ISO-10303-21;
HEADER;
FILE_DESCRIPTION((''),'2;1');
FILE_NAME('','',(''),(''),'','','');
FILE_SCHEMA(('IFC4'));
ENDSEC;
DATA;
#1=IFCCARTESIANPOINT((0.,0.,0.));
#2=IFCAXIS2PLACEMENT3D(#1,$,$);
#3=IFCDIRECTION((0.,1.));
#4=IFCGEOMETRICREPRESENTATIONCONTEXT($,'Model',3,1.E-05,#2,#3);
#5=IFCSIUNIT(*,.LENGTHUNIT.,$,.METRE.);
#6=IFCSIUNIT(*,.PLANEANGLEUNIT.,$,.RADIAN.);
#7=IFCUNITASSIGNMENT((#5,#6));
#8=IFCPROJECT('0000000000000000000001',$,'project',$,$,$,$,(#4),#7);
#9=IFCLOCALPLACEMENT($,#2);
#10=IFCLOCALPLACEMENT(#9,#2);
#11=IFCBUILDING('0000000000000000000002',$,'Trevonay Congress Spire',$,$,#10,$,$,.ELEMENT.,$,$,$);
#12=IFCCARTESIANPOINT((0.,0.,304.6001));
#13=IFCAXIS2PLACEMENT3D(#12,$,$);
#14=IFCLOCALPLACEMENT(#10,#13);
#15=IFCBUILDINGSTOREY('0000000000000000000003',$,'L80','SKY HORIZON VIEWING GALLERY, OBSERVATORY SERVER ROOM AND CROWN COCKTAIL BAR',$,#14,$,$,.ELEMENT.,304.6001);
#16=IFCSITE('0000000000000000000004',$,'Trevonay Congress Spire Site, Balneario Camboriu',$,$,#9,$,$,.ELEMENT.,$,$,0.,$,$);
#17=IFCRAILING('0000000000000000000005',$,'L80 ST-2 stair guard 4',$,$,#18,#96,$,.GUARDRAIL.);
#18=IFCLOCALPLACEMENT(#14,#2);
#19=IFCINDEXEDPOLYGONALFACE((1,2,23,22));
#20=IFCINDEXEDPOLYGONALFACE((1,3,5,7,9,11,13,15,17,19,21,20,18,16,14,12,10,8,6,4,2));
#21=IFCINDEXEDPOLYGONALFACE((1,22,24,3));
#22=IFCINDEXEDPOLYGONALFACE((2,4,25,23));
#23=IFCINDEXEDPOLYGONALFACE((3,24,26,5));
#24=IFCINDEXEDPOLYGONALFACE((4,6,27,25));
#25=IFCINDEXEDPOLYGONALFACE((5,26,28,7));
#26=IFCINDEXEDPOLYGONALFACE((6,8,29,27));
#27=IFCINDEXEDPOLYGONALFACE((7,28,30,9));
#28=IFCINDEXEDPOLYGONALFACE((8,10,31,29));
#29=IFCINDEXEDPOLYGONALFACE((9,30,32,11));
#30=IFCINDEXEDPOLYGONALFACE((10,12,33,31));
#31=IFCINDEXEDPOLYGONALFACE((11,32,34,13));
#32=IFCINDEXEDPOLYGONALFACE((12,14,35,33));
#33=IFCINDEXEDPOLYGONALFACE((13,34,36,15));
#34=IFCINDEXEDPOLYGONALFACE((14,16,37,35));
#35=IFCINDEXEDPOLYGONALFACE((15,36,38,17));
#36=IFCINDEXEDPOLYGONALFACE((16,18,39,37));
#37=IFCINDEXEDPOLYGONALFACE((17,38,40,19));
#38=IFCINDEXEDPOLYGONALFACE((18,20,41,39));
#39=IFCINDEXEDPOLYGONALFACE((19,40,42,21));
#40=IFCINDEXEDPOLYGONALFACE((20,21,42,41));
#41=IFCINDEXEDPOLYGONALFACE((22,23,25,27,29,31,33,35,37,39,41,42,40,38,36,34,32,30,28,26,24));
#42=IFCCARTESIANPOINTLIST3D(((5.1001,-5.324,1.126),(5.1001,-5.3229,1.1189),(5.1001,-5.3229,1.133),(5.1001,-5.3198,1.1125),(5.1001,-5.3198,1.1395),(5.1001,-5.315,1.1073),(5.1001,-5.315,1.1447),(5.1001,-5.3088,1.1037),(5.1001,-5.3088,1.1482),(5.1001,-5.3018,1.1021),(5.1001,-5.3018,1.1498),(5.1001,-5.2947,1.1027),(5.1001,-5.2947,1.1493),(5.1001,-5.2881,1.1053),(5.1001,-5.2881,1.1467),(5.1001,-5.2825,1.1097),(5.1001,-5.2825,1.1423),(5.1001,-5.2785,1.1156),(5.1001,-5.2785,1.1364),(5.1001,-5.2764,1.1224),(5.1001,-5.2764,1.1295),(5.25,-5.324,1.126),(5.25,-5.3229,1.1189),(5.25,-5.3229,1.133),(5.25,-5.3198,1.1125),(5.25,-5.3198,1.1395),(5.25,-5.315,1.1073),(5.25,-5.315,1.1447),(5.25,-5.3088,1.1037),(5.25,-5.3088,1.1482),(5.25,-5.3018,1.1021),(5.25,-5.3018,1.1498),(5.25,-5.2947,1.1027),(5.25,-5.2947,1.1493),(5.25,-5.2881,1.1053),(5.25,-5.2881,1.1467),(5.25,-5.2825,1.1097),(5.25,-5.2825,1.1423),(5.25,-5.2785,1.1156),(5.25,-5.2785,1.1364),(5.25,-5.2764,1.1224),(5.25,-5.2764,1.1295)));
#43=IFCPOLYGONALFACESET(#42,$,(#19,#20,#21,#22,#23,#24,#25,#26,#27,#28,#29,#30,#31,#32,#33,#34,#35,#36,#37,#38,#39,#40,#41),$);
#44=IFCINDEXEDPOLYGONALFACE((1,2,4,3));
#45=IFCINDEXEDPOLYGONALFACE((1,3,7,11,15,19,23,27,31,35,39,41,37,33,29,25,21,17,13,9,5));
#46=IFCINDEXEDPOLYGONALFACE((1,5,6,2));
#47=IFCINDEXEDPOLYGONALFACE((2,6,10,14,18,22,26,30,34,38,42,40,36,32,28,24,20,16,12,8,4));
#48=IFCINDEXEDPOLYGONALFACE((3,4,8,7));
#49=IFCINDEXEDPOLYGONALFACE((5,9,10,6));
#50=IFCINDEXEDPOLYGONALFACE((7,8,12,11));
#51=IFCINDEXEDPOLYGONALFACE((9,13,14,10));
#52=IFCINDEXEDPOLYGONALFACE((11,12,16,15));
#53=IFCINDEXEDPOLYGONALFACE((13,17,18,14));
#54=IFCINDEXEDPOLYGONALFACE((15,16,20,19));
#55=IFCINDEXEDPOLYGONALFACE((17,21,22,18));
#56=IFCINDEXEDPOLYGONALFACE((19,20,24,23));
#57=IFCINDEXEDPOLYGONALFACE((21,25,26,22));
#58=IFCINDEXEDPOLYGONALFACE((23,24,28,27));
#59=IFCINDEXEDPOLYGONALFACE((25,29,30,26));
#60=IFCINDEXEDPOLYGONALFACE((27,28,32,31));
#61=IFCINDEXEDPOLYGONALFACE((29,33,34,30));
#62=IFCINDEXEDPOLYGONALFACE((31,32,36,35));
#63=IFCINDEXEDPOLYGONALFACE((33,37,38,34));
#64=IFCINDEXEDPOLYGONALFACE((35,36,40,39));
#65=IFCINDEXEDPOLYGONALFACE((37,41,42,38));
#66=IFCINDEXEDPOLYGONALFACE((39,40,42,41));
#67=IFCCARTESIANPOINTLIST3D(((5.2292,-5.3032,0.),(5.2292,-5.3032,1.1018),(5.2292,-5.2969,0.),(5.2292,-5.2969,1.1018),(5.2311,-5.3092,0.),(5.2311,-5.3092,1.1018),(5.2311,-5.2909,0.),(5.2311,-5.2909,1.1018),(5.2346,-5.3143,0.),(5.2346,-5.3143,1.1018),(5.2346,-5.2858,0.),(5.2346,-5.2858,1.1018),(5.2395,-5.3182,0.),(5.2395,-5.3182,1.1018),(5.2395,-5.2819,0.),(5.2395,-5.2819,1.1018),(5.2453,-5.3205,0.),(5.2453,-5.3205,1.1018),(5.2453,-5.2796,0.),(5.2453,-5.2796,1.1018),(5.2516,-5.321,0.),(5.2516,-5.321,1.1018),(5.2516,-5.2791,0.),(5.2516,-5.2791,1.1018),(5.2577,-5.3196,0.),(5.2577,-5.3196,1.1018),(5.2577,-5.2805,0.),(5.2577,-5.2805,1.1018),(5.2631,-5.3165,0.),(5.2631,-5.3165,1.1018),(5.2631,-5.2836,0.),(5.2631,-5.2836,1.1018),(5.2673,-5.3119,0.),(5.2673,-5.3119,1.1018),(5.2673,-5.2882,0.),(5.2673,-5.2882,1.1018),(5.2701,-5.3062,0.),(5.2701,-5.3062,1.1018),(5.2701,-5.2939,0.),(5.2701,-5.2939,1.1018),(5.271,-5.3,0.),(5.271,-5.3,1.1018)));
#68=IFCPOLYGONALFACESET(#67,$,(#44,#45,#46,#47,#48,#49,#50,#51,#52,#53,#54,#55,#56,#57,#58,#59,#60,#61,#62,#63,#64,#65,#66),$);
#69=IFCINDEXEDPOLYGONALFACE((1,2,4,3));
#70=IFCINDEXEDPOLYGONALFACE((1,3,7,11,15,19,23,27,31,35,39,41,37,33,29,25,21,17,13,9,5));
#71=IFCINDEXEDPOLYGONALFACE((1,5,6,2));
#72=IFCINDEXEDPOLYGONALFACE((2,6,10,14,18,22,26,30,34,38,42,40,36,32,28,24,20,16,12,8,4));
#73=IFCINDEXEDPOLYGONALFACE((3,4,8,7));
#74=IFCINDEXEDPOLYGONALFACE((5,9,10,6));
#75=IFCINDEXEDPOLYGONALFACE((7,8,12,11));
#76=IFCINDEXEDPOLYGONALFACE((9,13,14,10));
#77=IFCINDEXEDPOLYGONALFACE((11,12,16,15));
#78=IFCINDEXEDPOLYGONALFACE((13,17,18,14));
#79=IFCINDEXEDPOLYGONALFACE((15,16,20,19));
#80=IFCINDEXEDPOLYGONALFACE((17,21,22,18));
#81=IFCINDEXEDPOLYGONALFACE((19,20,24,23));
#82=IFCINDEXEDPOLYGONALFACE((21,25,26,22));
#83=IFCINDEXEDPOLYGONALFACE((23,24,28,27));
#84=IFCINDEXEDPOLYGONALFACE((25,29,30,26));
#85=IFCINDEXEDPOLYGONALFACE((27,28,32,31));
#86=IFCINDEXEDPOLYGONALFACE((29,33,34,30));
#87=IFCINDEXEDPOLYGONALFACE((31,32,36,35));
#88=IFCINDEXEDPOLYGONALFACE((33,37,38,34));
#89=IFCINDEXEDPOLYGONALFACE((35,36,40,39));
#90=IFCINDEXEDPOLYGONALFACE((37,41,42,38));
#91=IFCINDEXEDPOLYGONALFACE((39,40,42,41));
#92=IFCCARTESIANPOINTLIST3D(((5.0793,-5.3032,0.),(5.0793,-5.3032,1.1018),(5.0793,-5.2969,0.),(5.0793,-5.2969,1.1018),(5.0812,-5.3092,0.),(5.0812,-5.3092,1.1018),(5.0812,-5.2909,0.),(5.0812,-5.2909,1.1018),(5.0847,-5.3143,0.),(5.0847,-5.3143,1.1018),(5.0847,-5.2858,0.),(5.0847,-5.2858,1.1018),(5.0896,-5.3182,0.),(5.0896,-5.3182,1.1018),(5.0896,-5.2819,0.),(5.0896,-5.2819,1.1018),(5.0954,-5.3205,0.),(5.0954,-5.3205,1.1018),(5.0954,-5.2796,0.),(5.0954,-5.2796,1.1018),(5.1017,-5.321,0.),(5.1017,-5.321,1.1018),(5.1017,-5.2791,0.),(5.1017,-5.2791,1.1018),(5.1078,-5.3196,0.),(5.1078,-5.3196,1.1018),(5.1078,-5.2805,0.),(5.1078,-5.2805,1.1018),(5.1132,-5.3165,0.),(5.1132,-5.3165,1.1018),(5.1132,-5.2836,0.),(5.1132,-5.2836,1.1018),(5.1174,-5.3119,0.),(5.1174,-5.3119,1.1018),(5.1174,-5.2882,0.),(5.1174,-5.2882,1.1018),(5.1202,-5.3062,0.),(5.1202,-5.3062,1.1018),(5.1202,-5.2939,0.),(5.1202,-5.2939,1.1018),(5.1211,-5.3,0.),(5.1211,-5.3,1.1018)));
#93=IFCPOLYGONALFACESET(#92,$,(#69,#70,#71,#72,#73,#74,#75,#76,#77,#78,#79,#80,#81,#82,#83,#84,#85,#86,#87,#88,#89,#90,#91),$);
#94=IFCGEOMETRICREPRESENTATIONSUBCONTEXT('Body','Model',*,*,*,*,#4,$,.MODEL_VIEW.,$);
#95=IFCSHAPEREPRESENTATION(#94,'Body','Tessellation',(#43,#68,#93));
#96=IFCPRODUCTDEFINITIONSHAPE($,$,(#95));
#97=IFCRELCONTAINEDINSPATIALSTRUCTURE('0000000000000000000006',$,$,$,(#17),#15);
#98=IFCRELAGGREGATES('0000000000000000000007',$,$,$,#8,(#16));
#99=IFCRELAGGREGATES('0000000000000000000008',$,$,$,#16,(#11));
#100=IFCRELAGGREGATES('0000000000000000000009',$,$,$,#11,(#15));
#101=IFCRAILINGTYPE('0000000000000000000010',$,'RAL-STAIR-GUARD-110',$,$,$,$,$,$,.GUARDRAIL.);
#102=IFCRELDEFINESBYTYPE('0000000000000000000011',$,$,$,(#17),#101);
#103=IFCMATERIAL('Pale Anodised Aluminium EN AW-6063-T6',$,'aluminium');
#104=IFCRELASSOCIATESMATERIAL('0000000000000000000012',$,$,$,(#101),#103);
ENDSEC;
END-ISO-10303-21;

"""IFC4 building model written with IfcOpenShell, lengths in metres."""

from ifc_helpers import new_model, si_unit, direction, frame, origin, origin_2d, place, context, subcontext, project, spatial, circle, extrude, material, type_object, element, save


model = new_model("IFC4")

# Units and contexts
model_context = context("Model", 3, precision=1e-05, world=origin(), true_north=direction((0.0, 1.0)))
body_context = subcontext(model_context, "Body", "Model", "MODEL_VIEW")
ifc_project = project(units=[si_unit("LENGTHUNIT", "METRE"), si_unit("PLANEANGLEUNIT", "RADIAN")], contexts=[model_context])

# Site, building, storey
site_placement = place(None, origin())
site = spatial("IfcSite", under=ifc_project, at=site_placement, Name="Trevonay Congress Spire Site, Balneario Camboriu", CompositionType="ELEMENT", RefElevation=0.0)
building_placement = place(site_placement, origin())
building = spatial("IfcBuilding", under=site, at=building_placement, Name="Trevonay Congress Spire", CompositionType="ELEMENT")
storey_placement = place(building_placement, frame((0.0, 0.0, 304.6001)))
storey = spatial("IfcBuildingStorey", under=building, at=storey_placement, Name="L80", Description="SKY HORIZON VIEWING GALLERY, OBSERVATORY SERVER ROOM AND CROWN COCKTAIL BAR", CompositionType="ELEMENT", Elevation=304.6001)

# Shared definitions
ifc_material_1 = material(Name="Pale Anodised Aluminium EN AW-6063-T6", Category="aluminium")

# Railing
railing_type_1 = type_object("IfcRailingType", Name="RAL-STAIR-GUARD-110", PredefinedType="GUARDRAIL", material=ifc_material_1)
railing_1_placement = place(storey_placement, frame((5.25, -5.3, 0.0)))
element("IfcRailing", 1, at=railing_1_placement, inside=storey, type_object=railing_type_1, Name="L80 ST-2 stair guard 4", PredefinedType="GUARDRAIL", context=body_context, shape_type="SweptSolid", body=[
    extrude(circle(Radius=0.0239, at=origin_2d()), frame((0.0, 0.0, 1.126), z_axis=(-1.0, 0.0, 0.0), x_axis=(0.0, -1.0, 0.0)), (0.0, 0.0, 1.0), 0.1499),
    extrude(circle(Radius=0.021, at=origin_2d()), origin(), (0.0, 0.0, 1.0), 1.1018),
    extrude(circle(Radius=0.021, at=origin_2d()), frame((-0.1499, 0.0, 0.0)), (0.0, 0.0, 1.0), 1.1018),
])

save(model, "model.ifc")
